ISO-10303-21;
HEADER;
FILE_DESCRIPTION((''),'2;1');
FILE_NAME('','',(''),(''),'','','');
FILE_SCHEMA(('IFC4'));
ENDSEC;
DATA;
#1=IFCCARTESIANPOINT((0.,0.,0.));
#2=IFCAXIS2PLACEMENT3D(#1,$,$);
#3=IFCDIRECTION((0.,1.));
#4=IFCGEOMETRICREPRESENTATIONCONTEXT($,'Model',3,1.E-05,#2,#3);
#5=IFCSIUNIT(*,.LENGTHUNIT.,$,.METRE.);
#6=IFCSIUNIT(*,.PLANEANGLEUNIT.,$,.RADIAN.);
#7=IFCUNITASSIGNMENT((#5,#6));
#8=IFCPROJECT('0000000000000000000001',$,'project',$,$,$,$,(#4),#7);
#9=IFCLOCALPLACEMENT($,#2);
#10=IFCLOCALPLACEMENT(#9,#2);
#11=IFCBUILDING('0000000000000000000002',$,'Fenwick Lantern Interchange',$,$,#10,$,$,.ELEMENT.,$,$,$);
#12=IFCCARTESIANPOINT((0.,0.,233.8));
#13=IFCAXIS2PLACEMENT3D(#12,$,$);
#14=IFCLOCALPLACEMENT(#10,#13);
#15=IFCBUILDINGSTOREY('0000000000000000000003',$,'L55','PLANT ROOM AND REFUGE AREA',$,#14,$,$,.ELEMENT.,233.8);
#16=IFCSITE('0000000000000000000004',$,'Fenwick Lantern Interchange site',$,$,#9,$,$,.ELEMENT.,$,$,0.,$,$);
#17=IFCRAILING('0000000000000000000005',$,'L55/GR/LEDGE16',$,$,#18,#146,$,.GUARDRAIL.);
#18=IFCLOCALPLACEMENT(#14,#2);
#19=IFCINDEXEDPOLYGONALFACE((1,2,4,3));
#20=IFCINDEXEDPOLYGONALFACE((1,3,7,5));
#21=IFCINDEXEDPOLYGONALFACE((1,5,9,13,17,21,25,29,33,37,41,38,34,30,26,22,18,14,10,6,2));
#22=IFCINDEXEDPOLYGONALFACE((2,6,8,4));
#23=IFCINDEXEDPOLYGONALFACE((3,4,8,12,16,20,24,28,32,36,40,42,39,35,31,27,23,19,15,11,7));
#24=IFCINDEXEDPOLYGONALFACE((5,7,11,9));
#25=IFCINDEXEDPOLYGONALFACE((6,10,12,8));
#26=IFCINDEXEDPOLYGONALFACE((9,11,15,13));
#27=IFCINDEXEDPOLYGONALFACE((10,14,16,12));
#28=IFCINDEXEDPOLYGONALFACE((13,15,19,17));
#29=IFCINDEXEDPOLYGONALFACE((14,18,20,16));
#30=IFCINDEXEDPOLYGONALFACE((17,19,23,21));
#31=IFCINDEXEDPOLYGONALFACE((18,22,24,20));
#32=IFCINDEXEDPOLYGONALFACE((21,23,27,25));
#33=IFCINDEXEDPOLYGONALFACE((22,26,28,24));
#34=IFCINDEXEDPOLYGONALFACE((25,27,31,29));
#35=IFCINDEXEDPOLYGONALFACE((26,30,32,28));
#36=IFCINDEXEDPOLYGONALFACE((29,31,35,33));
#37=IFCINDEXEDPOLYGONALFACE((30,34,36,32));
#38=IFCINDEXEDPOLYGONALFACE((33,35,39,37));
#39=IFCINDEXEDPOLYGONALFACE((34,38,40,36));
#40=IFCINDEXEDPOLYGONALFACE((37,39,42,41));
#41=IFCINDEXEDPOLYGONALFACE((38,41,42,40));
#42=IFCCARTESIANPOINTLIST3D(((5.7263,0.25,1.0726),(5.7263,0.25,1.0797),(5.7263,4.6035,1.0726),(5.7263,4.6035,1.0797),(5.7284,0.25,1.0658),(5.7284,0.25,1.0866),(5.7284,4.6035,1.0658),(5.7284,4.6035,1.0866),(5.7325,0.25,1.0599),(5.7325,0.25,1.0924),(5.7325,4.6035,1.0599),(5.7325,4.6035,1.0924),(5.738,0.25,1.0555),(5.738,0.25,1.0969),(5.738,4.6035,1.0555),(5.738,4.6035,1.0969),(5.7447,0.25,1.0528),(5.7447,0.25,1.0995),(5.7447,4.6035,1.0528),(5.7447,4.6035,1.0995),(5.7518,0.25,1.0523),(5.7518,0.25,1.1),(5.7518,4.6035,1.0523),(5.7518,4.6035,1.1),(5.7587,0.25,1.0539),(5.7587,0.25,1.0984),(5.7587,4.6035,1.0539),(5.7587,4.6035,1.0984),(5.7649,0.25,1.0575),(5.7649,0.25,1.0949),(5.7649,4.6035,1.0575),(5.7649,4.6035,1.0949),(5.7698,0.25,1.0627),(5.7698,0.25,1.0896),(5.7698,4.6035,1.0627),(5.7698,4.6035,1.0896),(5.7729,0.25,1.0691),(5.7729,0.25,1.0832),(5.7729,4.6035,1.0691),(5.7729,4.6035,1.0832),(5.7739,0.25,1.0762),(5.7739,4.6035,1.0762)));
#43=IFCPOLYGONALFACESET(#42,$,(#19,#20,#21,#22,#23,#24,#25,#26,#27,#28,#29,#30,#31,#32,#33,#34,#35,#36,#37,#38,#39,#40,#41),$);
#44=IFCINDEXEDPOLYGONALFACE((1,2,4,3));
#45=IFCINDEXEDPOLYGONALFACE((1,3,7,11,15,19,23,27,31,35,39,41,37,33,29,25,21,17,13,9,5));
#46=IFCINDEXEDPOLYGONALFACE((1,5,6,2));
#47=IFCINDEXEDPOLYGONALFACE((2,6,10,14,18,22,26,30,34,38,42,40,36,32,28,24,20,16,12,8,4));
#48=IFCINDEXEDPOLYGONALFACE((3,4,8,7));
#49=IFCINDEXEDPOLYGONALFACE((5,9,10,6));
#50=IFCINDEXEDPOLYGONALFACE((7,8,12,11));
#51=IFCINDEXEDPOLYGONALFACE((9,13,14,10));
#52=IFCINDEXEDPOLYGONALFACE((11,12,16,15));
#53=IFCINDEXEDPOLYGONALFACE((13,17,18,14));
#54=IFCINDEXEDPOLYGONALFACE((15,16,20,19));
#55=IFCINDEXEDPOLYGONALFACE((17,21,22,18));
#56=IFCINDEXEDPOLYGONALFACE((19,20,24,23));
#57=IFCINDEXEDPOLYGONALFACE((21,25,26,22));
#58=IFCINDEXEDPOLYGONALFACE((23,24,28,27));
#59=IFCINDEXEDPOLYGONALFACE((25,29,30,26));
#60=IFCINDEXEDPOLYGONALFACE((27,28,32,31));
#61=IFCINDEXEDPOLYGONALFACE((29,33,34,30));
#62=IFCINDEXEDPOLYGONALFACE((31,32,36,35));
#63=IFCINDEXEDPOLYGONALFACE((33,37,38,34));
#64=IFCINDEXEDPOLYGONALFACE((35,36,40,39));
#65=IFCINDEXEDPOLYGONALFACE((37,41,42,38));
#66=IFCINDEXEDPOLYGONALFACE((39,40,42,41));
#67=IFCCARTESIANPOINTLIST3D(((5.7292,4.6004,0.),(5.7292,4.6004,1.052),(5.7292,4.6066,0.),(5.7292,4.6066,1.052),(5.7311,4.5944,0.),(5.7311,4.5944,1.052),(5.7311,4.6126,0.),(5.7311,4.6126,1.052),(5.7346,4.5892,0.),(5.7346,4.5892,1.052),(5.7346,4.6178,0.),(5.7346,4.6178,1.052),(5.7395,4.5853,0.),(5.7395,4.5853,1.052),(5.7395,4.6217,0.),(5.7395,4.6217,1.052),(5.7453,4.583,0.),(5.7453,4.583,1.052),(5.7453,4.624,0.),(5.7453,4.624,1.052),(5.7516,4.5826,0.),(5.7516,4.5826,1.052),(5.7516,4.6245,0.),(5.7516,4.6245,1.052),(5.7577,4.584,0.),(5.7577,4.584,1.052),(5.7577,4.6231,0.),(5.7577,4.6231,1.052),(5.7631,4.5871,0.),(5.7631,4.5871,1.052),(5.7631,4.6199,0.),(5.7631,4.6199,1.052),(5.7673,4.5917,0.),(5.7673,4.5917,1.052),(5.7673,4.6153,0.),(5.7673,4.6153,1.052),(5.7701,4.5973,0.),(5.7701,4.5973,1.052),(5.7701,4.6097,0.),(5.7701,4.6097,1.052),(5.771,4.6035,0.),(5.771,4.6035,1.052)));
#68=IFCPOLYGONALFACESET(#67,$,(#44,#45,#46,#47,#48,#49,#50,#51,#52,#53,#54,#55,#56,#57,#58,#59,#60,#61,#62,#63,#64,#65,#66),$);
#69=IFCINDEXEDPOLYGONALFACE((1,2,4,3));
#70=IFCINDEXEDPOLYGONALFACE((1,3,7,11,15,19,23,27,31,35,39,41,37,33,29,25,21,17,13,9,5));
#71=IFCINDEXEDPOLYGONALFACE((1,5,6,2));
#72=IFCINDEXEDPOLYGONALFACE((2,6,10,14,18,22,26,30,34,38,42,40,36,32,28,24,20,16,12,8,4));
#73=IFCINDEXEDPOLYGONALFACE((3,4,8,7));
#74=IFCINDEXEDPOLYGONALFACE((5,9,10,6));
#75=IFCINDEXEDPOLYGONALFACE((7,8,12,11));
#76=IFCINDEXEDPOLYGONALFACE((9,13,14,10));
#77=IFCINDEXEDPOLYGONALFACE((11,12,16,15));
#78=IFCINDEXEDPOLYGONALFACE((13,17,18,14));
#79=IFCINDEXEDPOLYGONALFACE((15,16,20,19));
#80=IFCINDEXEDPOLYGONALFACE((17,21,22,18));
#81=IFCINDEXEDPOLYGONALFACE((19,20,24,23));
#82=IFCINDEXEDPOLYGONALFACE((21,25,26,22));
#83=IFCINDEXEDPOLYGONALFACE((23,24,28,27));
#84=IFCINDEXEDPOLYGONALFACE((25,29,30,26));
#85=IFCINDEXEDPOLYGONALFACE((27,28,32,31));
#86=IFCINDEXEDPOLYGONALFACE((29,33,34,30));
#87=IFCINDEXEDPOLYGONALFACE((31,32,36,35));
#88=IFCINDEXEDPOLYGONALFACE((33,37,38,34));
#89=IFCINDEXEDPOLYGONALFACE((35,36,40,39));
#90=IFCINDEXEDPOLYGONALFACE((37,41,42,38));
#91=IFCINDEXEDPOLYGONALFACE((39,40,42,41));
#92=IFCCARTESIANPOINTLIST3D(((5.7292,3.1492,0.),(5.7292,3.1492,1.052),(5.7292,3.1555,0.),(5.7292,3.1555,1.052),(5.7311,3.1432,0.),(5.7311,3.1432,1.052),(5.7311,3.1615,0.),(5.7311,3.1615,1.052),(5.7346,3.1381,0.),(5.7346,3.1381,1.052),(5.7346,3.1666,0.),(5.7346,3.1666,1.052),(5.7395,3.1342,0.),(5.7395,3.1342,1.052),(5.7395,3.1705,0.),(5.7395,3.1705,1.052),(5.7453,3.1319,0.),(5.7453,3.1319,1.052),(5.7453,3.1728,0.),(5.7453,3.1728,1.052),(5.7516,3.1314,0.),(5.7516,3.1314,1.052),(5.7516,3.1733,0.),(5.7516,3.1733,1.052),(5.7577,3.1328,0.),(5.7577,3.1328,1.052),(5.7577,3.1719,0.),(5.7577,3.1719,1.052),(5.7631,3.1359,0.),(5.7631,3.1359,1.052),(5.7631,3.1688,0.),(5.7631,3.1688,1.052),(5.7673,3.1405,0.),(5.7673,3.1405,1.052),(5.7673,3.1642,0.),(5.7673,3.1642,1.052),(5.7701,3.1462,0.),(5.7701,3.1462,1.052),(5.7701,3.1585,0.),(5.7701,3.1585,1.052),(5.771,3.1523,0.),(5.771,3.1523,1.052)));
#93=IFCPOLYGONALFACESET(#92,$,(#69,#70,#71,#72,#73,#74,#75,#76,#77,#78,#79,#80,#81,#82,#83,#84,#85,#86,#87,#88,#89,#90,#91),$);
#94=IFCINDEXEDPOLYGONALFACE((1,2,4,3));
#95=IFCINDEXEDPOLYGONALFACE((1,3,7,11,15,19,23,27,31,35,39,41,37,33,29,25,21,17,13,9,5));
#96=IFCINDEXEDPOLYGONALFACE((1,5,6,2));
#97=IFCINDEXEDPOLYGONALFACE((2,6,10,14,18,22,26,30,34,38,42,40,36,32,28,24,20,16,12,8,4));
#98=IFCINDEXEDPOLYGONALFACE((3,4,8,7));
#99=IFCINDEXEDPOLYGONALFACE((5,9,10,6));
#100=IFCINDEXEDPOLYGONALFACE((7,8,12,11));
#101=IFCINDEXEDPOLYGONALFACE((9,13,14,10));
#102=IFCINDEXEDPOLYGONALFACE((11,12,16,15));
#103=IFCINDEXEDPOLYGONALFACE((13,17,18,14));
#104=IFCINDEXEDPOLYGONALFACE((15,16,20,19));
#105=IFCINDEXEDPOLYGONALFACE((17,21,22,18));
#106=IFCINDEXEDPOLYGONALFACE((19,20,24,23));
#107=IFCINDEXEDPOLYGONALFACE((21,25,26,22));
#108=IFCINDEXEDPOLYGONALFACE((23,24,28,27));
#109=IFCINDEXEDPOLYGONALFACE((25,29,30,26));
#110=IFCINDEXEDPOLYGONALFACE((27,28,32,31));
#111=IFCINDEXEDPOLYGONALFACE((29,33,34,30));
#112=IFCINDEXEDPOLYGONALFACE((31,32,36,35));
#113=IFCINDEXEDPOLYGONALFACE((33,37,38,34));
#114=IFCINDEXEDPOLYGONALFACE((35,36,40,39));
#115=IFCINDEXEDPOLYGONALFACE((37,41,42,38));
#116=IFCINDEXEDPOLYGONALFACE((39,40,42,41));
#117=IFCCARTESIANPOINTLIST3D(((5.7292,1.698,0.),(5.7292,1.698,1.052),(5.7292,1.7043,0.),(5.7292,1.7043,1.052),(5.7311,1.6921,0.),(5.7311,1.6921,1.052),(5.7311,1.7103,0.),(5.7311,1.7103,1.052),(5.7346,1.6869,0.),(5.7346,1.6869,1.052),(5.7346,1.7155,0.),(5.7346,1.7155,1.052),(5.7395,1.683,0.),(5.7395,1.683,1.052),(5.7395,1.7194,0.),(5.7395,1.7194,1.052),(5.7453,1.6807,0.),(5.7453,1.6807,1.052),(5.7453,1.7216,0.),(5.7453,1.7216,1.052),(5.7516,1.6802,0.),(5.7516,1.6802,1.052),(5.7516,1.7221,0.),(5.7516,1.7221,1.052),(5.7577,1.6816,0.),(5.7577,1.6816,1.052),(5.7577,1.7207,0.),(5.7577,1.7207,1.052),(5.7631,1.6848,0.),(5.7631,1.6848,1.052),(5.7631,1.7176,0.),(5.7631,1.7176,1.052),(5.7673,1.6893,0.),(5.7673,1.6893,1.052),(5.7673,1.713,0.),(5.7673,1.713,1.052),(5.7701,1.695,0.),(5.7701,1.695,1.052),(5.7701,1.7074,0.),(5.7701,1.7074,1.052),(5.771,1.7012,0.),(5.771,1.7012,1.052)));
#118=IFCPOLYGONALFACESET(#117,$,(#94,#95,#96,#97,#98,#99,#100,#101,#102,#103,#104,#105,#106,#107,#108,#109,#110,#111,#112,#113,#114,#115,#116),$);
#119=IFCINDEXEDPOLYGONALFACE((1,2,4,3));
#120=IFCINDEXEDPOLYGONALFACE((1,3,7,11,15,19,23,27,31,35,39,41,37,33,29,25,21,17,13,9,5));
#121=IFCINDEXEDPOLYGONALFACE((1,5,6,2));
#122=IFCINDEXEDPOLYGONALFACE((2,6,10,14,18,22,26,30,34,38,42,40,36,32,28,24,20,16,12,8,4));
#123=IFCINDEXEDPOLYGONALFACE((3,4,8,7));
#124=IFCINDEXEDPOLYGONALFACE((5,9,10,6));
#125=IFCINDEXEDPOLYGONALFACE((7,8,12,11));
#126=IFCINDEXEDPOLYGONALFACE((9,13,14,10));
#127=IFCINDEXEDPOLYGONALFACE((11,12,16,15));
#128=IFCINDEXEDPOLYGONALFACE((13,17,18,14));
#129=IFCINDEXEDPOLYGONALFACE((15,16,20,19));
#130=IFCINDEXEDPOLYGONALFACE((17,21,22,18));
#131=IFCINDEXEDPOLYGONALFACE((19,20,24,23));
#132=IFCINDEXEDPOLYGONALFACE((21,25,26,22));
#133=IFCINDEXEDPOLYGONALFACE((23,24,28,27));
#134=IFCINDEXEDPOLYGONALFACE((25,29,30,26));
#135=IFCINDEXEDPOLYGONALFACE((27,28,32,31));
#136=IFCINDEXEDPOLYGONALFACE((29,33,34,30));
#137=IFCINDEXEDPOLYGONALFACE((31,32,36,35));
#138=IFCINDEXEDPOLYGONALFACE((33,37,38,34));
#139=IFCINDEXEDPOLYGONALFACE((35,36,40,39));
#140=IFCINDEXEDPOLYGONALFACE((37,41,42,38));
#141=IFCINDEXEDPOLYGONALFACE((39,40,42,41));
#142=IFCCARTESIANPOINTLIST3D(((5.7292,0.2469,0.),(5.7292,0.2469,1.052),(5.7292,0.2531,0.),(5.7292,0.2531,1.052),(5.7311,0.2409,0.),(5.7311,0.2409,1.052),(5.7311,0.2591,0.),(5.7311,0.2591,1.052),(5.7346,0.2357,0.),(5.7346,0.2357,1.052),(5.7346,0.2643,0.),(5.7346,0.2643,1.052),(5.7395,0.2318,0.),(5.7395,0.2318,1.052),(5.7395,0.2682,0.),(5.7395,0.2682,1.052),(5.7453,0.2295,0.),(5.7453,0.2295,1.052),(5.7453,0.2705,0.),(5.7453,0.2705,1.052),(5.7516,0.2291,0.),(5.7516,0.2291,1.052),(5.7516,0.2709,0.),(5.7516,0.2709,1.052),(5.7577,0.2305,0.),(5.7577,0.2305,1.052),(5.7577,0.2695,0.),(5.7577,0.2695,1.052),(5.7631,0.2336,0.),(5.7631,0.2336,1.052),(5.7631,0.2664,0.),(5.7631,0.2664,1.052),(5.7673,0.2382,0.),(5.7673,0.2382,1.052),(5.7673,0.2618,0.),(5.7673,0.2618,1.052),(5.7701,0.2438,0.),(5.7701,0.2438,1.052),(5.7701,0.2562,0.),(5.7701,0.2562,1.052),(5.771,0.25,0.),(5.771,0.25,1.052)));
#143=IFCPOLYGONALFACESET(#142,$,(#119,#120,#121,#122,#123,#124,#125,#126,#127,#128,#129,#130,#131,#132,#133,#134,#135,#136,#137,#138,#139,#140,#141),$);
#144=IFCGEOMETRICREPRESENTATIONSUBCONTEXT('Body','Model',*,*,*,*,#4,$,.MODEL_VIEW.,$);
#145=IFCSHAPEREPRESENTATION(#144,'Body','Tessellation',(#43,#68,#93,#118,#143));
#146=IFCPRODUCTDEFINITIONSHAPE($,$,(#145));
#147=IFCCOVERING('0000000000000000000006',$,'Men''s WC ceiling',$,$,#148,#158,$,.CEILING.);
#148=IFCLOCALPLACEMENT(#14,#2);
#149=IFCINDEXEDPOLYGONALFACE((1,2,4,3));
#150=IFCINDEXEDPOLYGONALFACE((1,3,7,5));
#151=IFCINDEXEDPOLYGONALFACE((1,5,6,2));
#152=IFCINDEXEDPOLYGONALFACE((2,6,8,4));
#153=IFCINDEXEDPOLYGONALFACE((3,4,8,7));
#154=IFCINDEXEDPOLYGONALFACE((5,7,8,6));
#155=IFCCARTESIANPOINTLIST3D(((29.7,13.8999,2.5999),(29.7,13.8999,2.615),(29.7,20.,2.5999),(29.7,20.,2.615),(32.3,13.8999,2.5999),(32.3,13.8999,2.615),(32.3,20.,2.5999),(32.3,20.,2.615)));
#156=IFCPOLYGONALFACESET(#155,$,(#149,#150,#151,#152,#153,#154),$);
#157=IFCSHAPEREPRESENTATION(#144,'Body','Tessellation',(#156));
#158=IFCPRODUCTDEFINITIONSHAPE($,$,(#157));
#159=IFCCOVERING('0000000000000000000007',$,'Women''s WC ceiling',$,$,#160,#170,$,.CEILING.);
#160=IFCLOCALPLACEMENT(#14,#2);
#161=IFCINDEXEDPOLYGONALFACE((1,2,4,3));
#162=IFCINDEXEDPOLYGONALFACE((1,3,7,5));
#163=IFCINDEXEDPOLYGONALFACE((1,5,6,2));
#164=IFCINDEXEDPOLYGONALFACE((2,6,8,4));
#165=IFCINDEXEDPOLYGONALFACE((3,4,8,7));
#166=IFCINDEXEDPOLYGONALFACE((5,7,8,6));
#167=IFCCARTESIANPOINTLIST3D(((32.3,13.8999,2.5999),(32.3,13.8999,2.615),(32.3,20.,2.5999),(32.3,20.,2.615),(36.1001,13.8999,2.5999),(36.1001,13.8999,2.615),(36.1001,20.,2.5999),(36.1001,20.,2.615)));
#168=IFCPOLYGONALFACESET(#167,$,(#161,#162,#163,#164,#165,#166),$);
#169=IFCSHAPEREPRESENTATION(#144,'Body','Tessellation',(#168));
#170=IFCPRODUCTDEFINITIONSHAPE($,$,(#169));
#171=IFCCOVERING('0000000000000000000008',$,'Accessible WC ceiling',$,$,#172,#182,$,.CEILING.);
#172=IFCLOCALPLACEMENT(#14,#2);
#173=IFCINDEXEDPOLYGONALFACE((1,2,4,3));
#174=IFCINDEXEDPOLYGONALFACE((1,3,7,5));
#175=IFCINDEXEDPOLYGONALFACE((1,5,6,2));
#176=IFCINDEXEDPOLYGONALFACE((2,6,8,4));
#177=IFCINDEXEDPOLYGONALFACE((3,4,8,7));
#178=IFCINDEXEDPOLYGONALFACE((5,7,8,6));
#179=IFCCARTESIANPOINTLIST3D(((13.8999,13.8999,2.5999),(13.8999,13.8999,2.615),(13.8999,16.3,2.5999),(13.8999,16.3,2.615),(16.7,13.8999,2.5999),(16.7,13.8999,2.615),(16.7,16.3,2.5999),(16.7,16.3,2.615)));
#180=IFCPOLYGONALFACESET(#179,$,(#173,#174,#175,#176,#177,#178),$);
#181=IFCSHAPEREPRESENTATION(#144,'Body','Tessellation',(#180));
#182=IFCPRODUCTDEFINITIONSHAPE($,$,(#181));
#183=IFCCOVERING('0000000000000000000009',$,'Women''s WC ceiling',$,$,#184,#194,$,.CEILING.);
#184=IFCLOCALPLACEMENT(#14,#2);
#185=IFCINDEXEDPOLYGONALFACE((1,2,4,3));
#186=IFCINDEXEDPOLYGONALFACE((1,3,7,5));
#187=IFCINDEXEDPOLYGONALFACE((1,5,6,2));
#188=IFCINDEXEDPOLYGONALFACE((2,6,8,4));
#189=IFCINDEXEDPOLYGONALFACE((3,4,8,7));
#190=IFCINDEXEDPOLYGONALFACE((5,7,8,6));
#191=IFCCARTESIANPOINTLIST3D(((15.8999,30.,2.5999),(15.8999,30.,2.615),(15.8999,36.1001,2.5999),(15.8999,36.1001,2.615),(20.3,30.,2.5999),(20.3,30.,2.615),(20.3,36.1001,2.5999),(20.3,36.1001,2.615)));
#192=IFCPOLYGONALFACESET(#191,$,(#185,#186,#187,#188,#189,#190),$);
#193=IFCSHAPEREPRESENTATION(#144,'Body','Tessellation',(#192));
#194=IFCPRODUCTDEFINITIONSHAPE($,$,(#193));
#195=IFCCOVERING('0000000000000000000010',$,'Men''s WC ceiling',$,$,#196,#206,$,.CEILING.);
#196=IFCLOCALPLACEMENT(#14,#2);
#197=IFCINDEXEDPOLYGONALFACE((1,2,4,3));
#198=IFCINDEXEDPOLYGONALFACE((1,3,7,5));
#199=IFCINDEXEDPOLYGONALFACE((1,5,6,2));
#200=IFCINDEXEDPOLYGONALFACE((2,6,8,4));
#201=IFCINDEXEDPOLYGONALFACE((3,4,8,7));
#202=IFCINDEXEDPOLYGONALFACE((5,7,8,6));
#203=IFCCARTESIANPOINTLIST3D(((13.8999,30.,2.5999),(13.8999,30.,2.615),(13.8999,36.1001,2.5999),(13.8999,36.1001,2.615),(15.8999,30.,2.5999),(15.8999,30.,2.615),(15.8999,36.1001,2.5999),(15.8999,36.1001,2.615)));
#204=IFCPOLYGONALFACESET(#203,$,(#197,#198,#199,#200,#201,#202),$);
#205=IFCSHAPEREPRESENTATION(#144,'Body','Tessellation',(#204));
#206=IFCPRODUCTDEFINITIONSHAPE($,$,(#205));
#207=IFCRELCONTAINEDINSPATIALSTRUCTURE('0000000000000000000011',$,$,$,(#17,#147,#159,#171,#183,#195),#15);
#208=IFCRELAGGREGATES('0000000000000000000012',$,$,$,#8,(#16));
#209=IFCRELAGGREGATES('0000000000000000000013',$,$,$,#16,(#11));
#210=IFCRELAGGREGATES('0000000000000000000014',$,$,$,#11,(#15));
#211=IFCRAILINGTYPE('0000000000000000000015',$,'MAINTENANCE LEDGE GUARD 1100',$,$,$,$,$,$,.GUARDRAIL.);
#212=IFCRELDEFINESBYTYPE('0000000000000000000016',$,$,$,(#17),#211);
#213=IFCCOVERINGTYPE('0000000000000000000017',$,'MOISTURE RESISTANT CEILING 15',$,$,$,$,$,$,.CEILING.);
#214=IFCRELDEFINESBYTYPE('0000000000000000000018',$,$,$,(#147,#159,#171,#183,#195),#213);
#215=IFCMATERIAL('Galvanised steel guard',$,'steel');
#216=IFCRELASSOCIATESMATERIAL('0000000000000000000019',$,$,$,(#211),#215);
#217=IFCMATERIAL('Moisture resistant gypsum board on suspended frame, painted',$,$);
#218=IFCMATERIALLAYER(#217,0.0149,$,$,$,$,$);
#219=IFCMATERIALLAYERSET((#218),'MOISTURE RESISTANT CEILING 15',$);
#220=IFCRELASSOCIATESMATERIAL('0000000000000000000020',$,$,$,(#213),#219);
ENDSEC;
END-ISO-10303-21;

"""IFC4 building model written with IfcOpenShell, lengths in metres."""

from ifc_helpers import new_model, si_unit, direction, frame, origin, origin_2d, place, context, subcontext, project, spatial, polyline, circle, outline, extrude, material, layer, layer_set, type_object, element, save


model = new_model("IFC4")

# Units and contexts
model_context = context("Model", 3, precision=1e-05, world=origin(), true_north=direction((0.0, 1.0)))
body_context = subcontext(model_context, "Body", "Model", "MODEL_VIEW")
ifc_project = project(units=[si_unit("LENGTHUNIT", "METRE"), si_unit("PLANEANGLEUNIT", "RADIAN")], contexts=[model_context])

# Site, building, storey
site_placement = place(None, origin())
site = spatial("IfcSite", under=ifc_project, at=site_placement, Name="Fenwick Lantern Interchange site", CompositionType="ELEMENT", RefElevation=0.0)
building_placement = place(site_placement, origin())
building = spatial("IfcBuilding", under=site, at=building_placement, Name="Fenwick Lantern Interchange", CompositionType="ELEMENT")
storey_placement = place(building_placement, frame((0.0, 0.0, 233.8)))
storey = spatial("IfcBuildingStorey", under=building, at=storey_placement, Name="L55", Description="PLANT ROOM AND REFUGE AREA", CompositionType="ELEMENT", Elevation=233.8)

# Railing
ifc_material_1 = material(Name="Galvanised steel guard", Category="steel")
railing_type = type_object("IfcRailingType", Name="MAINTENANCE LEDGE GUARD 1100", PredefinedType="GUARDRAIL", material=ifc_material_1)
railing_1_placement = place(storey_placement, frame((5.75, 4.6035, 0.0)))
element("IfcRailing", 1, at=railing_1_placement, inside=storey, type_object=railing_type, Name="L55/GR/LEDGE16", PredefinedType="GUARDRAIL", context=body_context, shape_type="SweptSolid", body=[
    extrude(circle(Radius=0.0239, at=origin_2d()), frame((0.0, 0.0, 1.0762), z_axis=(0.0, -1.0, 0.0), x_axis=(1.0, 0.0, 0.0)), (0.0, 0.0, 1.0), 4.3535),
    extrude(circle(Radius=0.021, at=origin_2d()), origin(), (0.0, 0.0, 1.0), 1.052),
    extrude(circle(Radius=0.021, at=origin_2d()), frame((0.0, -1.4512, 0.0)), (0.0, 0.0, 1.0), 1.052),
    extrude(circle(Radius=0.021, at=origin_2d()), frame((0.0, -2.9023, 0.0)), (0.0, 0.0, 1.0), 1.052),
    extrude(circle(Radius=0.021, at=origin_2d()), frame((0.0, -4.3535, 0.0)), (0.0, 0.0, 1.0), 1.052),
])

# Coverings
ifc_material_2 = material(Name="Moisture resistant gypsum board on suspended frame, painted")
ifc_layer_1 = layer(ifc_material_2, 0.0149)
ifc_layer_set_1 = layer_set([ifc_layer_1], Name="MOISTURE RESISTANT CEILING 15")
covering_type_1 = type_object("IfcCoveringType", Name="MOISTURE RESISTANT CEILING 15", PredefinedType="CEILING", material=ifc_layer_set_1)
covering_1_placement = place(storey_placement, frame((0.0, 0.0, 2.5999)))
element("IfcCovering", 2, at=covering_1_placement, inside=storey, type_object=covering_type_1, Name="Men's WC ceiling", PredefinedType="CEILING", context=body_context, shape_type="SweptSolid", body=[
    extrude(outline(polyline([(29.7, 13.8999), (32.3, 13.8999), (32.3, 20.0), (29.7, 20.0), (29.7, 13.8999)])), origin(), (0.0, 0.0, 1.0), 0.0151),
])
covering_2_placement = place(storey_placement, frame((0.0, 0.0, 2.5999)))
element("IfcCovering", 3, at=covering_2_placement, inside=storey, type_object=covering_type_1, Name="Women's WC ceiling", PredefinedType="CEILING", context=body_context, shape_type="SweptSolid", body=[
    extrude(outline(polyline([(32.3, 13.8999), (36.1001, 13.8999), (36.1001, 20.0), (32.3, 20.0), (32.3, 13.8999)])), origin(), (0.0, 0.0, 1.0), 0.0151),
])
covering_3_placement = place(storey_placement, frame((0.0, 0.0, 2.5999)))
element("IfcCovering", 4, at=covering_3_placement, inside=storey, type_object=covering_type_1, Name="Accessible WC ceiling", PredefinedType="CEILING", context=body_context, shape_type="SweptSolid", body=[
    extrude(outline(polyline([(13.8999, 13.8999), (16.7, 13.8999), (16.7, 16.3), (13.8999, 16.3), (13.8999, 13.8999)])), origin(), (0.0, 0.0, 1.0), 0.0151),
])
covering_4_placement = place(storey_placement, frame((0.0, 0.0, 2.5999)))
element("IfcCovering", 5, at=covering_4_placement, inside=storey, type_object=covering_type_1, Name="Women's WC ceiling", PredefinedType="CEILING", context=body_context, shape_type="SweptSolid", body=[
    extrude(outline(polyline([(20.3, 36.1001), (15.8999, 36.1001), (15.8999, 30.0), (20.3, 30.0), (20.3, 36.1001)])), origin(), (0.0, 0.0, 1.0), 0.0151),
])
covering_5_placement = place(storey_placement, frame((0.0, 0.0, 2.5999)))
element("IfcCovering", 6, at=covering_5_placement, inside=storey, type_object=covering_type_1, Name="Men's WC ceiling", PredefinedType="CEILING", context=body_context, shape_type="SweptSolid", body=[
    extrude(outline(polyline([(15.8999, 36.1001), (13.8999, 36.1001), (13.8999, 30.0), (15.8999, 30.0), (15.8999, 36.1001)])), origin(), (0.0, 0.0, 1.0), 0.0151),
])

save(model, "model.ifc")
